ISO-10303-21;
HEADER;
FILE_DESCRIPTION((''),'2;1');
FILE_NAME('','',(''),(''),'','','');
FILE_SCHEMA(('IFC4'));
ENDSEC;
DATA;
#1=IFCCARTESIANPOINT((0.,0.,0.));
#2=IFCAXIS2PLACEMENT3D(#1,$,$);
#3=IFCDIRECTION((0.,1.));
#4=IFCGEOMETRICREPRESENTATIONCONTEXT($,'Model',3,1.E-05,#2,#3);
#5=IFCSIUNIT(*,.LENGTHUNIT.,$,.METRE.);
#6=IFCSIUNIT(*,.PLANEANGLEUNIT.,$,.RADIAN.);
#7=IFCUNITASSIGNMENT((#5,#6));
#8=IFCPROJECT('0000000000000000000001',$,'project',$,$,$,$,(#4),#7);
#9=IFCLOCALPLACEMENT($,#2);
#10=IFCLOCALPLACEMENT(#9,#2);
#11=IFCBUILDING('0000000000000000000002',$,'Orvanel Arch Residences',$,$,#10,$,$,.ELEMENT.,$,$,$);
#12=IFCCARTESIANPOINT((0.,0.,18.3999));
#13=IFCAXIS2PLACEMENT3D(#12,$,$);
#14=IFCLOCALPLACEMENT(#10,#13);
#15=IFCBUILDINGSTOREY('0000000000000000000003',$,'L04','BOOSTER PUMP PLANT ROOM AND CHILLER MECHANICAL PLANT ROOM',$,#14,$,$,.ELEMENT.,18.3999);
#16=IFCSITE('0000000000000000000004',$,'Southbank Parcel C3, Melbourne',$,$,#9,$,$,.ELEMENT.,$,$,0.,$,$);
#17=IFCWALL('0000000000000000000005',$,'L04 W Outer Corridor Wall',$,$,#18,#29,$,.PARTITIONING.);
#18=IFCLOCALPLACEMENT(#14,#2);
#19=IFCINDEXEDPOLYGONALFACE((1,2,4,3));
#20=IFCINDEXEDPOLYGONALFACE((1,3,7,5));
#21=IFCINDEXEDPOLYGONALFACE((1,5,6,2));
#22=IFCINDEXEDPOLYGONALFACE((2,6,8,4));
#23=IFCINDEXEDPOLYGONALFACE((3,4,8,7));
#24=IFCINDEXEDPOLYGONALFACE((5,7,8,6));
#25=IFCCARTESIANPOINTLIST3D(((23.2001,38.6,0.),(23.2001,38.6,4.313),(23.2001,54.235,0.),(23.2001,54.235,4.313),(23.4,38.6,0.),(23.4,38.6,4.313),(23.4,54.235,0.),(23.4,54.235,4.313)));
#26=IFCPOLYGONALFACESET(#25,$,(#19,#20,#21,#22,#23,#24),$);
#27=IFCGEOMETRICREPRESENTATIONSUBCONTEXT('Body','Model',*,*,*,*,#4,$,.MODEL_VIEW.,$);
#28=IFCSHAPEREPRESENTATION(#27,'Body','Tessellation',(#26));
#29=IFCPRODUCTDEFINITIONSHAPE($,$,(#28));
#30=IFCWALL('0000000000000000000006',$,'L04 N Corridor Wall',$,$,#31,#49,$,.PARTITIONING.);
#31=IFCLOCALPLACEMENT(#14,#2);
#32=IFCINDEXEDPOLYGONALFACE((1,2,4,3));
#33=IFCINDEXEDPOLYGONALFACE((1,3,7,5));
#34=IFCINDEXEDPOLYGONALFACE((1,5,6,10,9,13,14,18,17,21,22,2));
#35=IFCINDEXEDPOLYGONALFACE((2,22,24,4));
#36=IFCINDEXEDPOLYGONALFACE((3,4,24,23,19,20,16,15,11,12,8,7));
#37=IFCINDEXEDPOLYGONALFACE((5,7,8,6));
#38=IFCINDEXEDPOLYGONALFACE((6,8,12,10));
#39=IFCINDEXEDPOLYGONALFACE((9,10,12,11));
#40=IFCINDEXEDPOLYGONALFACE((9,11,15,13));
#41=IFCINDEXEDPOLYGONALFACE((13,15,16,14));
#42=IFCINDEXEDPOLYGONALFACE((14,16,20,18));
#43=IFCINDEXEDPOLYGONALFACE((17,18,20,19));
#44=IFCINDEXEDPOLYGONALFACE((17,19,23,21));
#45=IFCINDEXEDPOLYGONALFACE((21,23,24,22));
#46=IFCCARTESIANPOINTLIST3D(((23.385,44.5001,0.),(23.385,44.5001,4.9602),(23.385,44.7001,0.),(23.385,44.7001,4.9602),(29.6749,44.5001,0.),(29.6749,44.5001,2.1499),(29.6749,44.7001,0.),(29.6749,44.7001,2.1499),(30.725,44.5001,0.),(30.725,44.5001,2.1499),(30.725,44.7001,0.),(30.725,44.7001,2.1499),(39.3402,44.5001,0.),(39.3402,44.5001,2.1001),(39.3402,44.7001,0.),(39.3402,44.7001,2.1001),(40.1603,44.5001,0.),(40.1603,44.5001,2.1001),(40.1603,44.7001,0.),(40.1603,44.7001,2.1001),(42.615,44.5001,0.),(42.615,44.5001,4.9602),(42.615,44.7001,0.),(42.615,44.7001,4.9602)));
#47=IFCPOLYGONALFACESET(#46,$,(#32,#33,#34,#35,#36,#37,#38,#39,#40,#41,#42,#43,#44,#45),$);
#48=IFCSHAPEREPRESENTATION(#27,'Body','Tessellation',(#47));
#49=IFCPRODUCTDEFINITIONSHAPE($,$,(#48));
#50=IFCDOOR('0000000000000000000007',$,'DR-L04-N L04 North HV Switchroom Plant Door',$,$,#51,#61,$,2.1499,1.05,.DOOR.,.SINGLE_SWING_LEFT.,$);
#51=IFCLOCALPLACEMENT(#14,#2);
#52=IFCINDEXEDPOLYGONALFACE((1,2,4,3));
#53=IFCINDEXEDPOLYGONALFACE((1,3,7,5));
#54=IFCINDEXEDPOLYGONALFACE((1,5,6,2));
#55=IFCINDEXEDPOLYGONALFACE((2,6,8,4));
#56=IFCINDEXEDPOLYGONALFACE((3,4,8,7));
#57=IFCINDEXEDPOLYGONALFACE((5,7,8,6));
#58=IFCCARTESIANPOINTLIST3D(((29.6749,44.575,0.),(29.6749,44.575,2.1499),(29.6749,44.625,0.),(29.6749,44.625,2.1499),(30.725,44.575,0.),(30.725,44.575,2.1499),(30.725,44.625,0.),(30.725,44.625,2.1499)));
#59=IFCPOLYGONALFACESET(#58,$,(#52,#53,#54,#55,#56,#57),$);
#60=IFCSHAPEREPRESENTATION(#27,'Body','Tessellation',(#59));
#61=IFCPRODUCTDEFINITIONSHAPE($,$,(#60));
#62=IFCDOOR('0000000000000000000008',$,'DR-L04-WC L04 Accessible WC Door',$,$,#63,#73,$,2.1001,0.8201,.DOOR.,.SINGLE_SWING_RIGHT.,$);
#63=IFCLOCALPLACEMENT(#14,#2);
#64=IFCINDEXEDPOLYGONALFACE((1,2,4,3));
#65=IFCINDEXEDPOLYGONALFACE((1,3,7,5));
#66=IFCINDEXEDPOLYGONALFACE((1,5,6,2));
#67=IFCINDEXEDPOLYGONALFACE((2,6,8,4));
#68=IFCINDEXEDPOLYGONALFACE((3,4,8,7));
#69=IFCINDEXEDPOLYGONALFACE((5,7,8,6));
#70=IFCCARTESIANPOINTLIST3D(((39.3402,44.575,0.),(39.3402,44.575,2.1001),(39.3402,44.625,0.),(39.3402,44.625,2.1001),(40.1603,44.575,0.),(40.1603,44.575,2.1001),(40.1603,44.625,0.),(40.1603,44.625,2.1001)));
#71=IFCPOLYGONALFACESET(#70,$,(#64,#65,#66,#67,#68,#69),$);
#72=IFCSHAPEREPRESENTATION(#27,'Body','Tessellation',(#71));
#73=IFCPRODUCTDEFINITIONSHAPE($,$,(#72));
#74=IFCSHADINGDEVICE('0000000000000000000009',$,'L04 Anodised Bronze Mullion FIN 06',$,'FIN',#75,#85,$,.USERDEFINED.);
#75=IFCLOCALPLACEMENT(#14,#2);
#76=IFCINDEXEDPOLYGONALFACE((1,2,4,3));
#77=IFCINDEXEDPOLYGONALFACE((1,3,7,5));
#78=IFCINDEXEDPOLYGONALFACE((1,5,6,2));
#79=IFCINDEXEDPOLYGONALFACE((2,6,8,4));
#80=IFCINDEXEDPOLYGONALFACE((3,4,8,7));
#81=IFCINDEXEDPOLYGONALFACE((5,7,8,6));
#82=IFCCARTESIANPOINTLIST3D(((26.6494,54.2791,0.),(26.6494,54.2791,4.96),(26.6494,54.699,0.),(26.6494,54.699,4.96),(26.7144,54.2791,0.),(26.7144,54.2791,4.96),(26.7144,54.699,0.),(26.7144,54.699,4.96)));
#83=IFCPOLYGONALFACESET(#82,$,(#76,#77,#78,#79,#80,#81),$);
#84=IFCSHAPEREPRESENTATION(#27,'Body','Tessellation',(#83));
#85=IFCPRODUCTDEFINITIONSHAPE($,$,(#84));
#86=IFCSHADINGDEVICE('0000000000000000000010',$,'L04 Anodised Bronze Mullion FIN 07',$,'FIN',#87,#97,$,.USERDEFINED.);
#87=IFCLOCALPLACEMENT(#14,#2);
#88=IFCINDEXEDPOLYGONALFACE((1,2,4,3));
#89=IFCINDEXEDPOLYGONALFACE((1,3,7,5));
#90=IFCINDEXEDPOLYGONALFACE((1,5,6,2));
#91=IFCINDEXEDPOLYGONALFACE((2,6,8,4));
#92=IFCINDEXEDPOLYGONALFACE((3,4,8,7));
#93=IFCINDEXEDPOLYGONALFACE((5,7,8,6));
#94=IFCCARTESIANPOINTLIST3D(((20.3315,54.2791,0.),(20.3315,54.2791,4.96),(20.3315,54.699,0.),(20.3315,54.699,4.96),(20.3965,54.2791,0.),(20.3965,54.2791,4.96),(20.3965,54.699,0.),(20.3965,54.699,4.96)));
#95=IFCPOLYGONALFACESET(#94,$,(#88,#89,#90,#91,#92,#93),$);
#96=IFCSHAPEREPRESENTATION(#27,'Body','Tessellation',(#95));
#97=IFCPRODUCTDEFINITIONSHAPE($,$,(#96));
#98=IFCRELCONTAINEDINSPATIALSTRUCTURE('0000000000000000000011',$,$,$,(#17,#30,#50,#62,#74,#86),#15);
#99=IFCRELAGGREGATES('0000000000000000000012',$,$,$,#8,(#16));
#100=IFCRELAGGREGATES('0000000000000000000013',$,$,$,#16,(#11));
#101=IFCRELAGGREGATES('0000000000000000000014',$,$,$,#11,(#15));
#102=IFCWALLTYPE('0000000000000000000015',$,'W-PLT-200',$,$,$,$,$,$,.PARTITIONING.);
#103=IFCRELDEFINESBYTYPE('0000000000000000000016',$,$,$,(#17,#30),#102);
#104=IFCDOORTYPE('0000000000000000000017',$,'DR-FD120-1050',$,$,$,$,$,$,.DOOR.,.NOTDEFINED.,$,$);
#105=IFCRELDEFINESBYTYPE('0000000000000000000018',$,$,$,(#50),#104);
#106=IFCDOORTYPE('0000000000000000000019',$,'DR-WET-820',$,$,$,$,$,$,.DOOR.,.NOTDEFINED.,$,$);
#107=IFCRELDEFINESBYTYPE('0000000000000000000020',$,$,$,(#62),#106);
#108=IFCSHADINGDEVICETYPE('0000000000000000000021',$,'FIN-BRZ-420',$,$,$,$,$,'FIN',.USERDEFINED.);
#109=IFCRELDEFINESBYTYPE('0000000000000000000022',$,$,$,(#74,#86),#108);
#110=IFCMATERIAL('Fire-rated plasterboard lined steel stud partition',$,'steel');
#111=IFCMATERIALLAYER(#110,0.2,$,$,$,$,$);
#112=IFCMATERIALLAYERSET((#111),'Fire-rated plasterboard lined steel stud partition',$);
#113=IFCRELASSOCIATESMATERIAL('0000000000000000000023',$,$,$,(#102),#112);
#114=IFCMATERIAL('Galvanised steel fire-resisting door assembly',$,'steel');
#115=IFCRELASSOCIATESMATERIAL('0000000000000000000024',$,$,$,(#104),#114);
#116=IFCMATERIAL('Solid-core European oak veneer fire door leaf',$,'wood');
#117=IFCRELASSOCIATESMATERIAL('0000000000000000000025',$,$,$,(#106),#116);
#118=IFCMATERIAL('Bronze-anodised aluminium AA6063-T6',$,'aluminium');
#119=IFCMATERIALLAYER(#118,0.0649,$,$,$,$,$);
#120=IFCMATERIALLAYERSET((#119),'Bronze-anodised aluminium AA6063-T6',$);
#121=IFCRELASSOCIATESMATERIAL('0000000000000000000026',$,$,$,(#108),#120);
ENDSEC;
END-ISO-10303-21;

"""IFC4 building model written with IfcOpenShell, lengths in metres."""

from ifc_helpers import new_model, si_unit, direction, frame, frame_2d, origin, origin_2d, place, context, subcontext, project, spatial, rectangle, extrude, material, layer, layer_set, type_object, element, fill, save


model = new_model("IFC4")

# Units and contexts
model_context = context("Model", 3, precision=1e-05, world=origin(), true_north=direction((0.0, 1.0)))
body_context = subcontext(model_context, "Body", "Model", "MODEL_VIEW")
ifc_project = project(units=[si_unit("LENGTHUNIT", "METRE"), si_unit("PLANEANGLEUNIT", "RADIAN")], contexts=[model_context])

# Site, building, storey
site_placement = place(None, origin())
site = spatial("IfcSite", under=ifc_project, at=site_placement, Name="Southbank Parcel C3, Melbourne", CompositionType="ELEMENT", RefElevation=0.0)
building_placement = place(site_placement, origin())
building = spatial("IfcBuilding", under=site, at=building_placement, Name="Orvanel Arch Residences", CompositionType="ELEMENT")
storey_placement = place(building_placement, frame((0.0, 0.0, 18.3999)))
storey = spatial("IfcBuildingStorey", under=building, at=storey_placement, Name="L04", Description="BOOSTER PUMP PLANT ROOM AND CHILLER MECHANICAL PLANT ROOM", CompositionType="ELEMENT", Elevation=18.3999)

# Shared definitions
ifc_material_1 = material(Name="Bronze-anodised aluminium AA6063-T6", Category="aluminium")

# Wall
ifc_material_2 = material(Name="Fire-rated plasterboard lined steel stud partition", Category="steel")
ifc_layer_1 = layer(ifc_material_2, 0.2)
ifc_layer_set_1 = layer_set([ifc_layer_1], Name="Fire-rated plasterboard lined steel stud partition")
wall_type_1 = type_object("IfcWallType", Name="W-PLT-200", PredefinedType="PARTITIONING", material=ifc_layer_set_1)
wall_1_placement = place(storey_placement, frame((23.3, 38.6001, 0.0), z_axis=(0.0, 0.0, 1.0), x_axis=(0.0, 1.0, 0.0)))
element("IfcWall", 1, at=wall_1_placement, inside=storey, type_object=wall_type_1, Name="L04 W Outer Corridor Wall", PredefinedType="PARTITIONING", context=body_context, shape_type="SweptSolid", body=[
    extrude(rectangle(XDim=15.635, YDim=0.2, at=frame_2d((7.8174, 0.0))), origin(), (0.0, 0.0, 1.0), 4.313),
])

# Wall, openings, doors
wall_2_placement = place(storey_placement, frame((23.385, 44.6001, 0.0), z_axis=(0.0, 0.0, 1.0), x_axis=(1.0, 0.0, 0.0)))
wall_2 = element("IfcWall", 2, at=wall_2_placement, inside=storey, type_object=wall_type_1, Name="L04 N Corridor Wall", PredefinedType="PARTITIONING", context=body_context, shape_type="SweptSolid", body=[
    extrude(rectangle(XDim=19.23, YDim=0.2, at=frame_2d((9.615, 0.0))), origin(), (0.0, 0.0, 1.0), 4.9602),
])
opening_1_placement = place(wall_2_placement, frame((6.29, 0.0, 0.0)))
opening_1 = element("IfcOpeningElement", 3, at=opening_1_placement, cuts=wall_2, PredefinedType="OPENING", context=body_context, shape_type="SweptSolid", body=[
    extrude(rectangle(XDim=1.05, YDim=2.1499, at=frame_2d((0.5249, 1.075))), frame((0.0, 0.1099, 0.0), z_axis=(0.0, -1.0, 0.0), x_axis=(1.0, 0.0, 0.0)), (0.0, 0.0, 1.0), 0.22),
])
opening_2_placement = place(wall_2_placement, frame((15.9551, 0.0, 0.0)))
opening_2 = element("IfcOpeningElement", 4, at=opening_2_placement, cuts=wall_2, PredefinedType="OPENING", context=body_context, shape_type="SweptSolid", body=[
    extrude(rectangle(XDim=0.8201, YDim=2.1001, at=frame_2d((0.4102, 1.05))), frame((0.0, 0.1099, 0.0), z_axis=(0.0, -1.0, 0.0), x_axis=(1.0, 0.0, 0.0)), (0.0, 0.0, 1.0), 0.22),
])
ifc_material_3 = material(Name="Galvanised steel fire-resisting door assembly", Category="steel")
door_type_1 = type_object("IfcDoorType", Name="DR-FD120-1050", OperationType="NOTDEFINED", PredefinedType="DOOR", material=ifc_material_3)
door_1_placement = place(opening_1_placement, origin())
door_1 = element("IfcDoor", 5, at=door_1_placement, inside=storey, type_object=door_type_1, Name="DR-L04-N L04 North HV Switchroom Plant Door", OperationType="SINGLE_SWING_LEFT", OverallHeight=2.1499, OverallWidth=1.05, PredefinedType="DOOR", context=body_context, shape_type="SweptSolid", body=[
    extrude(rectangle(XDim=1.05, YDim=2.1499, at=frame_2d((0.5249, 1.075))), frame((0.0, 0.0249, 0.0), z_axis=(0.0, -1.0, 0.0), x_axis=(1.0, 0.0, 0.0)), (0.0, 0.0, 1.0), 0.05),
])
fill(opening_1, door_1)
ifc_material_4 = material(Name="Solid-core European oak veneer fire door leaf", Category="wood")
door_type_2 = type_object("IfcDoorType", Name="DR-WET-820", OperationType="NOTDEFINED", PredefinedType="DOOR", material=ifc_material_4)
door_2_placement = place(opening_2_placement, origin())
door_2 = element("IfcDoor", 6, at=door_2_placement, inside=storey, type_object=door_type_2, Name="DR-L04-WC L04 Accessible WC Door", OperationType="SINGLE_SWING_RIGHT", OverallHeight=2.1001, OverallWidth=0.8201, PredefinedType="DOOR", context=body_context, shape_type="SweptSolid", body=[
    extrude(rectangle(XDim=0.8201, YDim=2.1001, at=frame_2d((0.4102, 1.05))), frame((0.0, 0.0249, 0.0), z_axis=(0.0, -1.0, 0.0), x_axis=(1.0, 0.0, 0.0)), (0.0, 0.0, 1.0), 0.05),
])
fill(opening_2, door_2)

# Shading devices
ifc_layer_2 = layer(ifc_material_1, 0.0649)
ifc_layer_set_2 = layer_set([ifc_layer_2], Name="Bronze-anodised aluminium AA6063-T6")
shading_device_type = type_object("IfcShadingDeviceType", Name="FIN-BRZ-420", ElementType="FIN", PredefinedType="USERDEFINED", material=ifc_layer_set_2)
for number, where, z_axis, x_axis, name in (
    (7, (26.6819, 54.489, 0.0), (0.0, 0.0, 1.0), (0.0, 1.0, 0.0), "L04 Anodised Bronze Mullion FIN 06"),
    (8, (20.364, 54.489, 0.0), (0.0, 0.0, 1.0), (0.0, 1.0, 0.0), "L04 Anodised Bronze Mullion FIN 07"),
):
    element("IfcShadingDevice", number, at=place(storey_placement, frame(where, z_axis=z_axis, x_axis=x_axis)), inside=storey, type_object=shading_device_type, Name=name, ObjectType="FIN", PredefinedType="USERDEFINED", context=body_context, shape_type="SweptSolid", body=[
        extrude(rectangle(XDim=0.4199, YDim=0.0649, at=origin_2d()), origin(), (0.0, 0.0, 1.0), 4.96),
    ])

save(model, "model.ifc")
